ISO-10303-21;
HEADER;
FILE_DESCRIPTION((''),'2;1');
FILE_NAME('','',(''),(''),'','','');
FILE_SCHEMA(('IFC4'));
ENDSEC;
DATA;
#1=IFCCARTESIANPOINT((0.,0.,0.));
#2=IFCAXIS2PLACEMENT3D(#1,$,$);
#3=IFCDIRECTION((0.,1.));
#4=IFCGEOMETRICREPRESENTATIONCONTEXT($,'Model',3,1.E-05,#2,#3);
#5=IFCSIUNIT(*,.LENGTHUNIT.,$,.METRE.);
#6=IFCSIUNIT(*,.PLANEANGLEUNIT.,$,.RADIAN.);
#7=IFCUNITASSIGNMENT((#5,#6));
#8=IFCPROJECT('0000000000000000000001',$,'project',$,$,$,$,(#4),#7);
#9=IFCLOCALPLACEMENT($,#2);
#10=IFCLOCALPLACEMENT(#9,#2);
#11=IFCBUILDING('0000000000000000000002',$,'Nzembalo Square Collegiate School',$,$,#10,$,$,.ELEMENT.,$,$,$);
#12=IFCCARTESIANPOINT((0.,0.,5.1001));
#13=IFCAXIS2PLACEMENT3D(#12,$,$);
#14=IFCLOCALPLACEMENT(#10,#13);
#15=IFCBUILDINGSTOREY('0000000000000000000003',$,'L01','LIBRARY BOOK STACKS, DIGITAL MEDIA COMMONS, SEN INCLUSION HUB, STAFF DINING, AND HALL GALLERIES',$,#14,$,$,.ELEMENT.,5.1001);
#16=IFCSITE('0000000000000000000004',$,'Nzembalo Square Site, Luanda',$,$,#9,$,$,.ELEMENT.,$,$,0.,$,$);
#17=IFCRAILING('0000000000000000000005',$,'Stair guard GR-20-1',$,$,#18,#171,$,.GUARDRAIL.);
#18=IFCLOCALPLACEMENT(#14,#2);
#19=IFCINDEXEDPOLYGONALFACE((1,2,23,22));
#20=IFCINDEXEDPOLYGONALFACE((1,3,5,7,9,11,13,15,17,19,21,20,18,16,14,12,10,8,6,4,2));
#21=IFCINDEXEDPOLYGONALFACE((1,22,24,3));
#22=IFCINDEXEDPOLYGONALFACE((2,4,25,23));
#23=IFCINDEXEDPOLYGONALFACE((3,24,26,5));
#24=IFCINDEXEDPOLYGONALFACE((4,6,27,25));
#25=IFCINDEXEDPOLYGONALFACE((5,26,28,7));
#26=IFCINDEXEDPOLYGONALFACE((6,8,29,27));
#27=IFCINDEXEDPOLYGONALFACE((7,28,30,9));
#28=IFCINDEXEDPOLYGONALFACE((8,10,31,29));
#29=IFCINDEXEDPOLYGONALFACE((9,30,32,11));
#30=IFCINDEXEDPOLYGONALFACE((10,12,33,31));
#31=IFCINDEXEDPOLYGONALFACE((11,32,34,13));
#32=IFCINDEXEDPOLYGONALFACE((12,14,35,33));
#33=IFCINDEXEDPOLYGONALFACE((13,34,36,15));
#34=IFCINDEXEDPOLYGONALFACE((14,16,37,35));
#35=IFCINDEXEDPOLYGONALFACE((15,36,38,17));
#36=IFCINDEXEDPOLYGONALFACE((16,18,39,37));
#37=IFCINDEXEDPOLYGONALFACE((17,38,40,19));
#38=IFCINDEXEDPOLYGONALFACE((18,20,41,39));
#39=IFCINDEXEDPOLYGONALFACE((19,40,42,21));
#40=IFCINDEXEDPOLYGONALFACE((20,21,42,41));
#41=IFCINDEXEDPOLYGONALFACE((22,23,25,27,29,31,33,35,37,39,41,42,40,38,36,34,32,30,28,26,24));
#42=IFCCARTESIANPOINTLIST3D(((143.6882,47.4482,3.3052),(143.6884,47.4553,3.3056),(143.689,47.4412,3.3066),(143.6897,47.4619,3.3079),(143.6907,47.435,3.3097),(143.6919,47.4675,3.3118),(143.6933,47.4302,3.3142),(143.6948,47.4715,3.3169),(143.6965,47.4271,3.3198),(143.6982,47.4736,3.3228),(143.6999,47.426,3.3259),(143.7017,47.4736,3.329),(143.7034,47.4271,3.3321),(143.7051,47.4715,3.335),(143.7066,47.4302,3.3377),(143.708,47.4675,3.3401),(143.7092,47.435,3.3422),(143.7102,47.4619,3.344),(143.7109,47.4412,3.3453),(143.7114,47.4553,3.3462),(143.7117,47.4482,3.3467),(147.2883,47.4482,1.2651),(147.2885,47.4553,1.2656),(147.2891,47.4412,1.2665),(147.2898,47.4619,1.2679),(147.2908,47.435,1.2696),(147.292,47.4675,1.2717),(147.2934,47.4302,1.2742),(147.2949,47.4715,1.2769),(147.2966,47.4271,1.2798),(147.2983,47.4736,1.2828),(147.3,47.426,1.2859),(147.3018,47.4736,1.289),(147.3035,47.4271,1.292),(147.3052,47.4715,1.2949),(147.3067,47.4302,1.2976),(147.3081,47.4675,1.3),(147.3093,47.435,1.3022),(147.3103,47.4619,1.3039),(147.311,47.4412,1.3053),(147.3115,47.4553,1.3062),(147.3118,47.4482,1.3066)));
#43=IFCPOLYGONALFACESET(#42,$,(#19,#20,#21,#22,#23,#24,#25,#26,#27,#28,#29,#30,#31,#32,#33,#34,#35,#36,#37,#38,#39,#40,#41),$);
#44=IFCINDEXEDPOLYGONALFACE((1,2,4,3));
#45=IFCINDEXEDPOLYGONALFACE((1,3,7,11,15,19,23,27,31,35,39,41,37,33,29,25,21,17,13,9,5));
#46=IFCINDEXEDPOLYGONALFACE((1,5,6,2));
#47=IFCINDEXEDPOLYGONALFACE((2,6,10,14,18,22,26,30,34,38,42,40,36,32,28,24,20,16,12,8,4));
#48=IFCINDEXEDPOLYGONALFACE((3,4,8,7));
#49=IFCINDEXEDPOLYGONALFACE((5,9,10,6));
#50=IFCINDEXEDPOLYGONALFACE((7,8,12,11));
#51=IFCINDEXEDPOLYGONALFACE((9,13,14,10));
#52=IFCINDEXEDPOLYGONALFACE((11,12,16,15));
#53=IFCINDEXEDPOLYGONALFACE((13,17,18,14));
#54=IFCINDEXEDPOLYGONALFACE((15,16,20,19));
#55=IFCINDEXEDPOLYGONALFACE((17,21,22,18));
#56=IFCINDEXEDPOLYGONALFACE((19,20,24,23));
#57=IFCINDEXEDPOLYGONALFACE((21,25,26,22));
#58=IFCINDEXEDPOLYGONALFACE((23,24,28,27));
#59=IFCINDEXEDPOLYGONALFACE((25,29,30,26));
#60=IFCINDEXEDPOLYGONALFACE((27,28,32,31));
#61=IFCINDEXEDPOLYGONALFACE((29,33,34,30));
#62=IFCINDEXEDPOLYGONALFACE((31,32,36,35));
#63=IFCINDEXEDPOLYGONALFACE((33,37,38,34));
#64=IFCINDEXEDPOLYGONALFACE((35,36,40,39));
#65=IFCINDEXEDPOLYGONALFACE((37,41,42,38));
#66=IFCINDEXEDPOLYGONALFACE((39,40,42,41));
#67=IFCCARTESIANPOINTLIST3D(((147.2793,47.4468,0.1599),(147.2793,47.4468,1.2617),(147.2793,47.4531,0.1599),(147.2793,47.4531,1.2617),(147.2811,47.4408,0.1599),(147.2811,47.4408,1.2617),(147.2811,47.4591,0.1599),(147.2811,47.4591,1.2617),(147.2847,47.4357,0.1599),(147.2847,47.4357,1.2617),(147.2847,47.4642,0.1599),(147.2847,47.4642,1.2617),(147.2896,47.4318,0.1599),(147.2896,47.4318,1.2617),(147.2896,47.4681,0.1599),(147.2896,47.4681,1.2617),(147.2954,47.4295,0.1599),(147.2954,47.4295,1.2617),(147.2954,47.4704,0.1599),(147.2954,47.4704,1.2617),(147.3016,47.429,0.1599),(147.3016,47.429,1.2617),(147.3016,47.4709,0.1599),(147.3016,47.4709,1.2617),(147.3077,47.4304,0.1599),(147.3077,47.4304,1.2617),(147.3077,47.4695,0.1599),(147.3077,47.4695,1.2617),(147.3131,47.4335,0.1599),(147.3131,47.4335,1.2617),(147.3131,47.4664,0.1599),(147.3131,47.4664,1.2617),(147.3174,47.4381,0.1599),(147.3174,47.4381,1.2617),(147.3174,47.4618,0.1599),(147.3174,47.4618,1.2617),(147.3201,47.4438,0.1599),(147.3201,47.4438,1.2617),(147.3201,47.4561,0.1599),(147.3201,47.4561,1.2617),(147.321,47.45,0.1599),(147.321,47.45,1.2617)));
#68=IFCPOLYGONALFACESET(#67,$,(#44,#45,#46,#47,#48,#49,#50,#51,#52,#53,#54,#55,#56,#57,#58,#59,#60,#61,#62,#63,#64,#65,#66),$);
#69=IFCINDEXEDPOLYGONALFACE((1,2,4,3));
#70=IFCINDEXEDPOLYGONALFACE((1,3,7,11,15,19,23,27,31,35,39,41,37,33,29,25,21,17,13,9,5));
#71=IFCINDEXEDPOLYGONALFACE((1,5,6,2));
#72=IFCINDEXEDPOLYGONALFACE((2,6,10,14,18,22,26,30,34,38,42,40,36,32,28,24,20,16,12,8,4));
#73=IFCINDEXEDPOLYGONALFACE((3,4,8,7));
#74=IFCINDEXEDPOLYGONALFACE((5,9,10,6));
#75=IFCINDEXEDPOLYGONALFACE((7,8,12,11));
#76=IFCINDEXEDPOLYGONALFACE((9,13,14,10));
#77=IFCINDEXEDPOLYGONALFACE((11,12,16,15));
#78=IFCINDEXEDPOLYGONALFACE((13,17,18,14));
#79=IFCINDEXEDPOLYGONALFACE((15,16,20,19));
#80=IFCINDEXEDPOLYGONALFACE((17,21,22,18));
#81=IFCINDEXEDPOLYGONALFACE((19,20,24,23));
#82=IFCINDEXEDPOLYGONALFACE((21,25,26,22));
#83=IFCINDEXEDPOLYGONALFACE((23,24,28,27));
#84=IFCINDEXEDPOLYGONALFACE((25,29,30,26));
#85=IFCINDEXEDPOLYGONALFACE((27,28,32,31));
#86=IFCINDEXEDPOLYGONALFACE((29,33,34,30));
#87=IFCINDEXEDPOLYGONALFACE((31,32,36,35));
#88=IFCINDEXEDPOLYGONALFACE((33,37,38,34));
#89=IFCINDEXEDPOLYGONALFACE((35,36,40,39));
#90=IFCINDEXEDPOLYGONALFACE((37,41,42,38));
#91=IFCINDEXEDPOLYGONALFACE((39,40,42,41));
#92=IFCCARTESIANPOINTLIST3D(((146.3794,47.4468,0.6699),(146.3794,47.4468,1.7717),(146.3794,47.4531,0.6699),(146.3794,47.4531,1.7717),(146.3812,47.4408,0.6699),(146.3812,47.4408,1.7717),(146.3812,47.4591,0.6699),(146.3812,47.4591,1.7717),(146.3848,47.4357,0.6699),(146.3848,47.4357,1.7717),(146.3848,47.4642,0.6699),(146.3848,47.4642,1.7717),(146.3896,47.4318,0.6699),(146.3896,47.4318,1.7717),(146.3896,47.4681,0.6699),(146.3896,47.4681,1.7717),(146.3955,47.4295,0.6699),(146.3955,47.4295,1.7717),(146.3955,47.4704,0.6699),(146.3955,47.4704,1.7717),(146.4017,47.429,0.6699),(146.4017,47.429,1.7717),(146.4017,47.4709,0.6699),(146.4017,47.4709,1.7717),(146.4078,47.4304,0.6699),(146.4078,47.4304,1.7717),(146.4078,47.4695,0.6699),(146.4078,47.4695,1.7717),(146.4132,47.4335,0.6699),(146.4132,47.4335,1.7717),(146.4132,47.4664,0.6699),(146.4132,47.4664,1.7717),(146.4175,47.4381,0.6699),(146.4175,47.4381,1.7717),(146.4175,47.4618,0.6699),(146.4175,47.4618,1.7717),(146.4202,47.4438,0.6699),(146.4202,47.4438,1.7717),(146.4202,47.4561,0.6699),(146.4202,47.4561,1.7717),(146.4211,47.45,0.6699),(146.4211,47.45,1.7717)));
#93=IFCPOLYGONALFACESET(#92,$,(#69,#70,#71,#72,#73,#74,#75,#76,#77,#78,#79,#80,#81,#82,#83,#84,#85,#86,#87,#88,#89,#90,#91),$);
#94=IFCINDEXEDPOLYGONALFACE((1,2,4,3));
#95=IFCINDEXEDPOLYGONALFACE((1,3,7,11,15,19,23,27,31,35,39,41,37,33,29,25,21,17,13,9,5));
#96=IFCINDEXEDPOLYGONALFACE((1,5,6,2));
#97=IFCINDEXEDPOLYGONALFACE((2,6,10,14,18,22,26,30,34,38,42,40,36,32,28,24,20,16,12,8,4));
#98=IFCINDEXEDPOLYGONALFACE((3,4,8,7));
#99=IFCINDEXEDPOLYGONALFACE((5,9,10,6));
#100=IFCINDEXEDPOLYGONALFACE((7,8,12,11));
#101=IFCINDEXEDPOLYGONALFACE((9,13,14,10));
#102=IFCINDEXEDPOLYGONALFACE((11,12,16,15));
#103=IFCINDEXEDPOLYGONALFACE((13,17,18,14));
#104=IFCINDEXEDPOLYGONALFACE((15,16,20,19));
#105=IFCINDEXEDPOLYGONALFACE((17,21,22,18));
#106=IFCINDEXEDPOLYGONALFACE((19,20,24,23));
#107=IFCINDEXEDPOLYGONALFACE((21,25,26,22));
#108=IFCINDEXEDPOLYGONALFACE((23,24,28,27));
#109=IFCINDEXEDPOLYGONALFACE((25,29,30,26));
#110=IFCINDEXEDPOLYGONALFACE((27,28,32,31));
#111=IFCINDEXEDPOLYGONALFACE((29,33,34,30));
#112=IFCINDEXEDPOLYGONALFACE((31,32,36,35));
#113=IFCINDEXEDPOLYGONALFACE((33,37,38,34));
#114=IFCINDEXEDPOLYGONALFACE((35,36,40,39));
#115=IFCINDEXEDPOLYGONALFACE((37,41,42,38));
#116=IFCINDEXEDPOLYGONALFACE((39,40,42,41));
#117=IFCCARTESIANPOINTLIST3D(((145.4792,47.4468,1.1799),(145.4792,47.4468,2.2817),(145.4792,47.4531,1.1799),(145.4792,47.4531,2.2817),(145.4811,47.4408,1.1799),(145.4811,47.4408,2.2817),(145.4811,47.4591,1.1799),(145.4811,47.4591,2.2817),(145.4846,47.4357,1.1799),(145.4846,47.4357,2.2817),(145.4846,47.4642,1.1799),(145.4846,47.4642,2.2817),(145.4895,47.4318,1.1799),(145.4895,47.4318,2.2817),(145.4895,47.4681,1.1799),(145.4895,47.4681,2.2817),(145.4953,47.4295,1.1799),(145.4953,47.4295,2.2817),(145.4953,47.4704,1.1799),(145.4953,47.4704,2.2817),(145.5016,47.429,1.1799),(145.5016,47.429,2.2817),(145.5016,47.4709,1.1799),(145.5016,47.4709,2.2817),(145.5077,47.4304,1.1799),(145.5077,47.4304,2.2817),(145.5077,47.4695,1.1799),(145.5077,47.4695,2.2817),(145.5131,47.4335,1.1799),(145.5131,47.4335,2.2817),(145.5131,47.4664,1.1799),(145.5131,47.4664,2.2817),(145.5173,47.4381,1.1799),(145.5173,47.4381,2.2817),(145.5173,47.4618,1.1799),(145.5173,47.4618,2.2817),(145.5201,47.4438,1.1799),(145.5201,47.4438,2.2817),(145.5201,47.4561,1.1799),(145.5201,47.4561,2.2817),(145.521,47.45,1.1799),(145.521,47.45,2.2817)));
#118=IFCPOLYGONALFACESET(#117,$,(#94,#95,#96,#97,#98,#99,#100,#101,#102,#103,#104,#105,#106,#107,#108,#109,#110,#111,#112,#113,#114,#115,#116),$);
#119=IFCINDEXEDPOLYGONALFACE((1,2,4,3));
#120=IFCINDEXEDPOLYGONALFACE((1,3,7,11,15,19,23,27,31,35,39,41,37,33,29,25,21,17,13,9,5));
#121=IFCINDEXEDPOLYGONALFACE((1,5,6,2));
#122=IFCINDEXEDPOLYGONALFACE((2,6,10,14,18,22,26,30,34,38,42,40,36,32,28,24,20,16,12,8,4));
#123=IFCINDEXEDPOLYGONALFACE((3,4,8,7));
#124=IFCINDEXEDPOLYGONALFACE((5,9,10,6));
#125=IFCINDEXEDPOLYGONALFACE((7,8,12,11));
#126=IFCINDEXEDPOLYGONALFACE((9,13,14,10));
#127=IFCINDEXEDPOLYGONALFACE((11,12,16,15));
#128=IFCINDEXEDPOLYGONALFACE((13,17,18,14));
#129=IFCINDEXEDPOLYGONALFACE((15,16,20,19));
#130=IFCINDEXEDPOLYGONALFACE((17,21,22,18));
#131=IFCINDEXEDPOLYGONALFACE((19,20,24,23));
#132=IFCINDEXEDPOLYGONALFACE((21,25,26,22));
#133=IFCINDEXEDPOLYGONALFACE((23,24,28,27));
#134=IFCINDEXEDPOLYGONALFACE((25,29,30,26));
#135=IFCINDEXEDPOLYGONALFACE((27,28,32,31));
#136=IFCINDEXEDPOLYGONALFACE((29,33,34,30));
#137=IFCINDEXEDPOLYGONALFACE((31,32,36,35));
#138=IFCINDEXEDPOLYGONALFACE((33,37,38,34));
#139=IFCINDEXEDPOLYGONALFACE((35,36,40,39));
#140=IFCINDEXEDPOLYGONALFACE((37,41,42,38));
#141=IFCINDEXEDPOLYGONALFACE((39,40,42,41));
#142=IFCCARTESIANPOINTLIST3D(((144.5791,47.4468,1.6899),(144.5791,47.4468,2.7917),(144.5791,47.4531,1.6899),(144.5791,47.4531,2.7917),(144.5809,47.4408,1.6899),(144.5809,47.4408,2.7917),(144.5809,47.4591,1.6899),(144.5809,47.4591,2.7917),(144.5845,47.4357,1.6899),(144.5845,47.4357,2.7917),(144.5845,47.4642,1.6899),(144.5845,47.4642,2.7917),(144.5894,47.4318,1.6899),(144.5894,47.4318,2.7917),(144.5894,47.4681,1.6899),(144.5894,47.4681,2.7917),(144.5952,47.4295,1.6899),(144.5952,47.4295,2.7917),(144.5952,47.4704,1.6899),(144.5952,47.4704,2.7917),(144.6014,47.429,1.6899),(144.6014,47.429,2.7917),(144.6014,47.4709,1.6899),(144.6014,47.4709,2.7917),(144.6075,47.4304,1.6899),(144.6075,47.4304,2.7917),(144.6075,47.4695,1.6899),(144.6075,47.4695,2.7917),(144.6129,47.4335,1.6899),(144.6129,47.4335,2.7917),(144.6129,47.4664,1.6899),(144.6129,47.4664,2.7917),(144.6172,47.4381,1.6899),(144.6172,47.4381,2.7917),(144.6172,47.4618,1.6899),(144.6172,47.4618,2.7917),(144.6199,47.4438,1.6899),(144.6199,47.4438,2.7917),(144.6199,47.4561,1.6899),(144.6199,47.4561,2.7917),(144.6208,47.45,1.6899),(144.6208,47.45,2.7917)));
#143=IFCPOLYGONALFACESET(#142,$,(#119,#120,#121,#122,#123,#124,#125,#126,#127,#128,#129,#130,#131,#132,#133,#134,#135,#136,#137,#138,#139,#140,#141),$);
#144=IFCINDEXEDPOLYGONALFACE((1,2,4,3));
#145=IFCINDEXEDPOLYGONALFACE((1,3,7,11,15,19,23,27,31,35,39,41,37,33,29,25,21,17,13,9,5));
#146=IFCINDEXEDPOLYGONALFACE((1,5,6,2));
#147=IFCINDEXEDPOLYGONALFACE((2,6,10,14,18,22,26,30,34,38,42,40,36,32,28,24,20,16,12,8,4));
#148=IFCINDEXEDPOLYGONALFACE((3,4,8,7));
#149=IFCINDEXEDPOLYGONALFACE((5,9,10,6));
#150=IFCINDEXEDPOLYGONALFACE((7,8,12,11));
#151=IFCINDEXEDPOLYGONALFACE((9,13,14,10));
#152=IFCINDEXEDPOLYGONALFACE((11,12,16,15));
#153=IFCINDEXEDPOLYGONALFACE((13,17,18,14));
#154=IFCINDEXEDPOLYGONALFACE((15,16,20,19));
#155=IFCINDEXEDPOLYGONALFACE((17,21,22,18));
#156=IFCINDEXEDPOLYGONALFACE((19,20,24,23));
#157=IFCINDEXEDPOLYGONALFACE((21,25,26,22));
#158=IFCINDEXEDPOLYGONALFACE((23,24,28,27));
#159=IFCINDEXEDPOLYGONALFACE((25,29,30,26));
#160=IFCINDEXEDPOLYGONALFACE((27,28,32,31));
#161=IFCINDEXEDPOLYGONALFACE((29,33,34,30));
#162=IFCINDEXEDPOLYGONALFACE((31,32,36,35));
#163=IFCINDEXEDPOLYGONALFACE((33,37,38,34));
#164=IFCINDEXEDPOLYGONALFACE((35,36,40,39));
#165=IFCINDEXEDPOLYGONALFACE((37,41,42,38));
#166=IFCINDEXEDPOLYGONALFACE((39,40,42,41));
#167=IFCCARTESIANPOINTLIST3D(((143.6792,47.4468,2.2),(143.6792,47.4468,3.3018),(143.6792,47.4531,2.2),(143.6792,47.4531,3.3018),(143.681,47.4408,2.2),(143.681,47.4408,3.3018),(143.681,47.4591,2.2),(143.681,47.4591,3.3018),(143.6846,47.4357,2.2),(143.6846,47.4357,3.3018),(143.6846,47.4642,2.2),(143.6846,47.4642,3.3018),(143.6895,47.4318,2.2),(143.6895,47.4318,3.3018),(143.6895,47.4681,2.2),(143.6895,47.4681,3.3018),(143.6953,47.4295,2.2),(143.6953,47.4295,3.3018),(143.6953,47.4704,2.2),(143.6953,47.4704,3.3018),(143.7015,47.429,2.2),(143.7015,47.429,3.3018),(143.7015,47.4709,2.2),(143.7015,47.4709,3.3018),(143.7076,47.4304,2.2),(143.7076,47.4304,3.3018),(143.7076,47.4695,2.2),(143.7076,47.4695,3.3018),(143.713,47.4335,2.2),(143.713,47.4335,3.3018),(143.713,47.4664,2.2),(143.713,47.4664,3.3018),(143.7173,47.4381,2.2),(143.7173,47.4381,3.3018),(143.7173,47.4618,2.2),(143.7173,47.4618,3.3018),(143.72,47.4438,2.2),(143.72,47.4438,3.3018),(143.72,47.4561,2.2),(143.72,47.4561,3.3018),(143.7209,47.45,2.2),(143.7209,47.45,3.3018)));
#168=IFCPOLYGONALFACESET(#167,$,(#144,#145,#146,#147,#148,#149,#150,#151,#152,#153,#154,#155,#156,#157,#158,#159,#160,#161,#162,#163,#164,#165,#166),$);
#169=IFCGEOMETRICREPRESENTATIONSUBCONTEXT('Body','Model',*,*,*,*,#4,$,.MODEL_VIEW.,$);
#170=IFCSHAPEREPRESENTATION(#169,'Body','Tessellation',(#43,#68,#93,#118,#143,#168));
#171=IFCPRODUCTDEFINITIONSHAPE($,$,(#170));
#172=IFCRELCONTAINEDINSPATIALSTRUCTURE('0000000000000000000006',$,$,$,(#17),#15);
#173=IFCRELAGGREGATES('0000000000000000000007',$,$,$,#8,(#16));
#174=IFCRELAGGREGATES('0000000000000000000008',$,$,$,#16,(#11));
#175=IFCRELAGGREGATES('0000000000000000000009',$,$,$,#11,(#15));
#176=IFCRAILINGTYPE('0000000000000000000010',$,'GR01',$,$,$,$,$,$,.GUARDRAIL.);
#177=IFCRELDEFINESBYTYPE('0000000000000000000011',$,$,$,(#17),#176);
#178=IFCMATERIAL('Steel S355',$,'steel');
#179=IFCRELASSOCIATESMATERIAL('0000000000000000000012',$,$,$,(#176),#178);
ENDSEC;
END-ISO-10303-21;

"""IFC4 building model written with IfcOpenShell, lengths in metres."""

from ifc_helpers import new_model, si_unit, direction, frame, origin, origin_2d, place, context, subcontext, project, spatial, circle, extrude, material, type_object, element, save


model = new_model("IFC4")

# Units and contexts
model_context = context("Model", 3, precision=1e-05, world=origin(), true_north=direction((0.0, 1.0)))
body_context = subcontext(model_context, "Body", "Model", "MODEL_VIEW")
ifc_project = project(units=[si_unit("LENGTHUNIT", "METRE"), si_unit("PLANEANGLEUNIT", "RADIAN")], contexts=[model_context])

# Site, building, storey
site_placement = place(None, origin())
site = spatial("IfcSite", under=ifc_project, at=site_placement, Name="Nzembalo Square Site, Luanda", CompositionType="ELEMENT", RefElevation=0.0)
building_placement = place(site_placement, origin())
building = spatial("IfcBuilding", under=site, at=building_placement, Name="Nzembalo Square Collegiate School", CompositionType="ELEMENT")
storey_placement = place(building_placement, frame((0.0, 0.0, 5.1001)))
storey = spatial("IfcBuildingStorey", under=building, at=storey_placement, Name="L01", Description="LIBRARY BOOK STACKS, DIGITAL MEDIA COMMONS, SEN INCLUSION HUB, STAFF DINING, AND HALL GALLERIES", CompositionType="ELEMENT", Elevation=5.1001)

# Railing
ifc_material_1 = material(Name="Steel S355", Category="steel")
railing_type_1 = type_object("IfcRailingType", Name="GR01", PredefinedType="GUARDRAIL", material=ifc_material_1)
railing_1_placement = place(storey_placement, frame((147.3, 47.45, 0.1599)))
element("IfcRailing", 1, at=railing_1_placement, inside=storey, type_object=railing_type_1, Name="Stair guard GR-20-1", PredefinedType="GUARDRAIL", context=body_context, shape_type="SweptSolid", body=[
    extrude(circle(Radius=0.0239, at=origin_2d()), frame((0.0, 0.0, 1.126), z_axis=(-0.870024, 0.0, 0.49301), x_axis=(0.0, -1.0, 0.0)), (0.0, 0.0, 1.0), 4.1379),
    extrude(circle(Radius=0.021, at=origin_2d()), origin(), (0.0, 0.0, 1.0), 1.1018),
    extrude(circle(Radius=0.021, at=origin_2d()), frame((-0.8999, 0.0, 0.51)), (0.0, 0.0, 1.0), 1.1018),
    extrude(circle(Radius=0.021, at=origin_2d()), frame((-1.8, 0.0, 1.02)), (0.0, 0.0, 1.0), 1.1018),
    extrude(circle(Radius=0.021, at=origin_2d()), frame((-2.7002, 0.0, 1.53)), (0.0, 0.0, 1.0), 1.1018),
    extrude(circle(Radius=0.021, at=origin_2d()), frame((-3.6001, 0.0, 2.04)), (0.0, 0.0, 1.0), 1.1018),
])

save(model, "model.ifc")
